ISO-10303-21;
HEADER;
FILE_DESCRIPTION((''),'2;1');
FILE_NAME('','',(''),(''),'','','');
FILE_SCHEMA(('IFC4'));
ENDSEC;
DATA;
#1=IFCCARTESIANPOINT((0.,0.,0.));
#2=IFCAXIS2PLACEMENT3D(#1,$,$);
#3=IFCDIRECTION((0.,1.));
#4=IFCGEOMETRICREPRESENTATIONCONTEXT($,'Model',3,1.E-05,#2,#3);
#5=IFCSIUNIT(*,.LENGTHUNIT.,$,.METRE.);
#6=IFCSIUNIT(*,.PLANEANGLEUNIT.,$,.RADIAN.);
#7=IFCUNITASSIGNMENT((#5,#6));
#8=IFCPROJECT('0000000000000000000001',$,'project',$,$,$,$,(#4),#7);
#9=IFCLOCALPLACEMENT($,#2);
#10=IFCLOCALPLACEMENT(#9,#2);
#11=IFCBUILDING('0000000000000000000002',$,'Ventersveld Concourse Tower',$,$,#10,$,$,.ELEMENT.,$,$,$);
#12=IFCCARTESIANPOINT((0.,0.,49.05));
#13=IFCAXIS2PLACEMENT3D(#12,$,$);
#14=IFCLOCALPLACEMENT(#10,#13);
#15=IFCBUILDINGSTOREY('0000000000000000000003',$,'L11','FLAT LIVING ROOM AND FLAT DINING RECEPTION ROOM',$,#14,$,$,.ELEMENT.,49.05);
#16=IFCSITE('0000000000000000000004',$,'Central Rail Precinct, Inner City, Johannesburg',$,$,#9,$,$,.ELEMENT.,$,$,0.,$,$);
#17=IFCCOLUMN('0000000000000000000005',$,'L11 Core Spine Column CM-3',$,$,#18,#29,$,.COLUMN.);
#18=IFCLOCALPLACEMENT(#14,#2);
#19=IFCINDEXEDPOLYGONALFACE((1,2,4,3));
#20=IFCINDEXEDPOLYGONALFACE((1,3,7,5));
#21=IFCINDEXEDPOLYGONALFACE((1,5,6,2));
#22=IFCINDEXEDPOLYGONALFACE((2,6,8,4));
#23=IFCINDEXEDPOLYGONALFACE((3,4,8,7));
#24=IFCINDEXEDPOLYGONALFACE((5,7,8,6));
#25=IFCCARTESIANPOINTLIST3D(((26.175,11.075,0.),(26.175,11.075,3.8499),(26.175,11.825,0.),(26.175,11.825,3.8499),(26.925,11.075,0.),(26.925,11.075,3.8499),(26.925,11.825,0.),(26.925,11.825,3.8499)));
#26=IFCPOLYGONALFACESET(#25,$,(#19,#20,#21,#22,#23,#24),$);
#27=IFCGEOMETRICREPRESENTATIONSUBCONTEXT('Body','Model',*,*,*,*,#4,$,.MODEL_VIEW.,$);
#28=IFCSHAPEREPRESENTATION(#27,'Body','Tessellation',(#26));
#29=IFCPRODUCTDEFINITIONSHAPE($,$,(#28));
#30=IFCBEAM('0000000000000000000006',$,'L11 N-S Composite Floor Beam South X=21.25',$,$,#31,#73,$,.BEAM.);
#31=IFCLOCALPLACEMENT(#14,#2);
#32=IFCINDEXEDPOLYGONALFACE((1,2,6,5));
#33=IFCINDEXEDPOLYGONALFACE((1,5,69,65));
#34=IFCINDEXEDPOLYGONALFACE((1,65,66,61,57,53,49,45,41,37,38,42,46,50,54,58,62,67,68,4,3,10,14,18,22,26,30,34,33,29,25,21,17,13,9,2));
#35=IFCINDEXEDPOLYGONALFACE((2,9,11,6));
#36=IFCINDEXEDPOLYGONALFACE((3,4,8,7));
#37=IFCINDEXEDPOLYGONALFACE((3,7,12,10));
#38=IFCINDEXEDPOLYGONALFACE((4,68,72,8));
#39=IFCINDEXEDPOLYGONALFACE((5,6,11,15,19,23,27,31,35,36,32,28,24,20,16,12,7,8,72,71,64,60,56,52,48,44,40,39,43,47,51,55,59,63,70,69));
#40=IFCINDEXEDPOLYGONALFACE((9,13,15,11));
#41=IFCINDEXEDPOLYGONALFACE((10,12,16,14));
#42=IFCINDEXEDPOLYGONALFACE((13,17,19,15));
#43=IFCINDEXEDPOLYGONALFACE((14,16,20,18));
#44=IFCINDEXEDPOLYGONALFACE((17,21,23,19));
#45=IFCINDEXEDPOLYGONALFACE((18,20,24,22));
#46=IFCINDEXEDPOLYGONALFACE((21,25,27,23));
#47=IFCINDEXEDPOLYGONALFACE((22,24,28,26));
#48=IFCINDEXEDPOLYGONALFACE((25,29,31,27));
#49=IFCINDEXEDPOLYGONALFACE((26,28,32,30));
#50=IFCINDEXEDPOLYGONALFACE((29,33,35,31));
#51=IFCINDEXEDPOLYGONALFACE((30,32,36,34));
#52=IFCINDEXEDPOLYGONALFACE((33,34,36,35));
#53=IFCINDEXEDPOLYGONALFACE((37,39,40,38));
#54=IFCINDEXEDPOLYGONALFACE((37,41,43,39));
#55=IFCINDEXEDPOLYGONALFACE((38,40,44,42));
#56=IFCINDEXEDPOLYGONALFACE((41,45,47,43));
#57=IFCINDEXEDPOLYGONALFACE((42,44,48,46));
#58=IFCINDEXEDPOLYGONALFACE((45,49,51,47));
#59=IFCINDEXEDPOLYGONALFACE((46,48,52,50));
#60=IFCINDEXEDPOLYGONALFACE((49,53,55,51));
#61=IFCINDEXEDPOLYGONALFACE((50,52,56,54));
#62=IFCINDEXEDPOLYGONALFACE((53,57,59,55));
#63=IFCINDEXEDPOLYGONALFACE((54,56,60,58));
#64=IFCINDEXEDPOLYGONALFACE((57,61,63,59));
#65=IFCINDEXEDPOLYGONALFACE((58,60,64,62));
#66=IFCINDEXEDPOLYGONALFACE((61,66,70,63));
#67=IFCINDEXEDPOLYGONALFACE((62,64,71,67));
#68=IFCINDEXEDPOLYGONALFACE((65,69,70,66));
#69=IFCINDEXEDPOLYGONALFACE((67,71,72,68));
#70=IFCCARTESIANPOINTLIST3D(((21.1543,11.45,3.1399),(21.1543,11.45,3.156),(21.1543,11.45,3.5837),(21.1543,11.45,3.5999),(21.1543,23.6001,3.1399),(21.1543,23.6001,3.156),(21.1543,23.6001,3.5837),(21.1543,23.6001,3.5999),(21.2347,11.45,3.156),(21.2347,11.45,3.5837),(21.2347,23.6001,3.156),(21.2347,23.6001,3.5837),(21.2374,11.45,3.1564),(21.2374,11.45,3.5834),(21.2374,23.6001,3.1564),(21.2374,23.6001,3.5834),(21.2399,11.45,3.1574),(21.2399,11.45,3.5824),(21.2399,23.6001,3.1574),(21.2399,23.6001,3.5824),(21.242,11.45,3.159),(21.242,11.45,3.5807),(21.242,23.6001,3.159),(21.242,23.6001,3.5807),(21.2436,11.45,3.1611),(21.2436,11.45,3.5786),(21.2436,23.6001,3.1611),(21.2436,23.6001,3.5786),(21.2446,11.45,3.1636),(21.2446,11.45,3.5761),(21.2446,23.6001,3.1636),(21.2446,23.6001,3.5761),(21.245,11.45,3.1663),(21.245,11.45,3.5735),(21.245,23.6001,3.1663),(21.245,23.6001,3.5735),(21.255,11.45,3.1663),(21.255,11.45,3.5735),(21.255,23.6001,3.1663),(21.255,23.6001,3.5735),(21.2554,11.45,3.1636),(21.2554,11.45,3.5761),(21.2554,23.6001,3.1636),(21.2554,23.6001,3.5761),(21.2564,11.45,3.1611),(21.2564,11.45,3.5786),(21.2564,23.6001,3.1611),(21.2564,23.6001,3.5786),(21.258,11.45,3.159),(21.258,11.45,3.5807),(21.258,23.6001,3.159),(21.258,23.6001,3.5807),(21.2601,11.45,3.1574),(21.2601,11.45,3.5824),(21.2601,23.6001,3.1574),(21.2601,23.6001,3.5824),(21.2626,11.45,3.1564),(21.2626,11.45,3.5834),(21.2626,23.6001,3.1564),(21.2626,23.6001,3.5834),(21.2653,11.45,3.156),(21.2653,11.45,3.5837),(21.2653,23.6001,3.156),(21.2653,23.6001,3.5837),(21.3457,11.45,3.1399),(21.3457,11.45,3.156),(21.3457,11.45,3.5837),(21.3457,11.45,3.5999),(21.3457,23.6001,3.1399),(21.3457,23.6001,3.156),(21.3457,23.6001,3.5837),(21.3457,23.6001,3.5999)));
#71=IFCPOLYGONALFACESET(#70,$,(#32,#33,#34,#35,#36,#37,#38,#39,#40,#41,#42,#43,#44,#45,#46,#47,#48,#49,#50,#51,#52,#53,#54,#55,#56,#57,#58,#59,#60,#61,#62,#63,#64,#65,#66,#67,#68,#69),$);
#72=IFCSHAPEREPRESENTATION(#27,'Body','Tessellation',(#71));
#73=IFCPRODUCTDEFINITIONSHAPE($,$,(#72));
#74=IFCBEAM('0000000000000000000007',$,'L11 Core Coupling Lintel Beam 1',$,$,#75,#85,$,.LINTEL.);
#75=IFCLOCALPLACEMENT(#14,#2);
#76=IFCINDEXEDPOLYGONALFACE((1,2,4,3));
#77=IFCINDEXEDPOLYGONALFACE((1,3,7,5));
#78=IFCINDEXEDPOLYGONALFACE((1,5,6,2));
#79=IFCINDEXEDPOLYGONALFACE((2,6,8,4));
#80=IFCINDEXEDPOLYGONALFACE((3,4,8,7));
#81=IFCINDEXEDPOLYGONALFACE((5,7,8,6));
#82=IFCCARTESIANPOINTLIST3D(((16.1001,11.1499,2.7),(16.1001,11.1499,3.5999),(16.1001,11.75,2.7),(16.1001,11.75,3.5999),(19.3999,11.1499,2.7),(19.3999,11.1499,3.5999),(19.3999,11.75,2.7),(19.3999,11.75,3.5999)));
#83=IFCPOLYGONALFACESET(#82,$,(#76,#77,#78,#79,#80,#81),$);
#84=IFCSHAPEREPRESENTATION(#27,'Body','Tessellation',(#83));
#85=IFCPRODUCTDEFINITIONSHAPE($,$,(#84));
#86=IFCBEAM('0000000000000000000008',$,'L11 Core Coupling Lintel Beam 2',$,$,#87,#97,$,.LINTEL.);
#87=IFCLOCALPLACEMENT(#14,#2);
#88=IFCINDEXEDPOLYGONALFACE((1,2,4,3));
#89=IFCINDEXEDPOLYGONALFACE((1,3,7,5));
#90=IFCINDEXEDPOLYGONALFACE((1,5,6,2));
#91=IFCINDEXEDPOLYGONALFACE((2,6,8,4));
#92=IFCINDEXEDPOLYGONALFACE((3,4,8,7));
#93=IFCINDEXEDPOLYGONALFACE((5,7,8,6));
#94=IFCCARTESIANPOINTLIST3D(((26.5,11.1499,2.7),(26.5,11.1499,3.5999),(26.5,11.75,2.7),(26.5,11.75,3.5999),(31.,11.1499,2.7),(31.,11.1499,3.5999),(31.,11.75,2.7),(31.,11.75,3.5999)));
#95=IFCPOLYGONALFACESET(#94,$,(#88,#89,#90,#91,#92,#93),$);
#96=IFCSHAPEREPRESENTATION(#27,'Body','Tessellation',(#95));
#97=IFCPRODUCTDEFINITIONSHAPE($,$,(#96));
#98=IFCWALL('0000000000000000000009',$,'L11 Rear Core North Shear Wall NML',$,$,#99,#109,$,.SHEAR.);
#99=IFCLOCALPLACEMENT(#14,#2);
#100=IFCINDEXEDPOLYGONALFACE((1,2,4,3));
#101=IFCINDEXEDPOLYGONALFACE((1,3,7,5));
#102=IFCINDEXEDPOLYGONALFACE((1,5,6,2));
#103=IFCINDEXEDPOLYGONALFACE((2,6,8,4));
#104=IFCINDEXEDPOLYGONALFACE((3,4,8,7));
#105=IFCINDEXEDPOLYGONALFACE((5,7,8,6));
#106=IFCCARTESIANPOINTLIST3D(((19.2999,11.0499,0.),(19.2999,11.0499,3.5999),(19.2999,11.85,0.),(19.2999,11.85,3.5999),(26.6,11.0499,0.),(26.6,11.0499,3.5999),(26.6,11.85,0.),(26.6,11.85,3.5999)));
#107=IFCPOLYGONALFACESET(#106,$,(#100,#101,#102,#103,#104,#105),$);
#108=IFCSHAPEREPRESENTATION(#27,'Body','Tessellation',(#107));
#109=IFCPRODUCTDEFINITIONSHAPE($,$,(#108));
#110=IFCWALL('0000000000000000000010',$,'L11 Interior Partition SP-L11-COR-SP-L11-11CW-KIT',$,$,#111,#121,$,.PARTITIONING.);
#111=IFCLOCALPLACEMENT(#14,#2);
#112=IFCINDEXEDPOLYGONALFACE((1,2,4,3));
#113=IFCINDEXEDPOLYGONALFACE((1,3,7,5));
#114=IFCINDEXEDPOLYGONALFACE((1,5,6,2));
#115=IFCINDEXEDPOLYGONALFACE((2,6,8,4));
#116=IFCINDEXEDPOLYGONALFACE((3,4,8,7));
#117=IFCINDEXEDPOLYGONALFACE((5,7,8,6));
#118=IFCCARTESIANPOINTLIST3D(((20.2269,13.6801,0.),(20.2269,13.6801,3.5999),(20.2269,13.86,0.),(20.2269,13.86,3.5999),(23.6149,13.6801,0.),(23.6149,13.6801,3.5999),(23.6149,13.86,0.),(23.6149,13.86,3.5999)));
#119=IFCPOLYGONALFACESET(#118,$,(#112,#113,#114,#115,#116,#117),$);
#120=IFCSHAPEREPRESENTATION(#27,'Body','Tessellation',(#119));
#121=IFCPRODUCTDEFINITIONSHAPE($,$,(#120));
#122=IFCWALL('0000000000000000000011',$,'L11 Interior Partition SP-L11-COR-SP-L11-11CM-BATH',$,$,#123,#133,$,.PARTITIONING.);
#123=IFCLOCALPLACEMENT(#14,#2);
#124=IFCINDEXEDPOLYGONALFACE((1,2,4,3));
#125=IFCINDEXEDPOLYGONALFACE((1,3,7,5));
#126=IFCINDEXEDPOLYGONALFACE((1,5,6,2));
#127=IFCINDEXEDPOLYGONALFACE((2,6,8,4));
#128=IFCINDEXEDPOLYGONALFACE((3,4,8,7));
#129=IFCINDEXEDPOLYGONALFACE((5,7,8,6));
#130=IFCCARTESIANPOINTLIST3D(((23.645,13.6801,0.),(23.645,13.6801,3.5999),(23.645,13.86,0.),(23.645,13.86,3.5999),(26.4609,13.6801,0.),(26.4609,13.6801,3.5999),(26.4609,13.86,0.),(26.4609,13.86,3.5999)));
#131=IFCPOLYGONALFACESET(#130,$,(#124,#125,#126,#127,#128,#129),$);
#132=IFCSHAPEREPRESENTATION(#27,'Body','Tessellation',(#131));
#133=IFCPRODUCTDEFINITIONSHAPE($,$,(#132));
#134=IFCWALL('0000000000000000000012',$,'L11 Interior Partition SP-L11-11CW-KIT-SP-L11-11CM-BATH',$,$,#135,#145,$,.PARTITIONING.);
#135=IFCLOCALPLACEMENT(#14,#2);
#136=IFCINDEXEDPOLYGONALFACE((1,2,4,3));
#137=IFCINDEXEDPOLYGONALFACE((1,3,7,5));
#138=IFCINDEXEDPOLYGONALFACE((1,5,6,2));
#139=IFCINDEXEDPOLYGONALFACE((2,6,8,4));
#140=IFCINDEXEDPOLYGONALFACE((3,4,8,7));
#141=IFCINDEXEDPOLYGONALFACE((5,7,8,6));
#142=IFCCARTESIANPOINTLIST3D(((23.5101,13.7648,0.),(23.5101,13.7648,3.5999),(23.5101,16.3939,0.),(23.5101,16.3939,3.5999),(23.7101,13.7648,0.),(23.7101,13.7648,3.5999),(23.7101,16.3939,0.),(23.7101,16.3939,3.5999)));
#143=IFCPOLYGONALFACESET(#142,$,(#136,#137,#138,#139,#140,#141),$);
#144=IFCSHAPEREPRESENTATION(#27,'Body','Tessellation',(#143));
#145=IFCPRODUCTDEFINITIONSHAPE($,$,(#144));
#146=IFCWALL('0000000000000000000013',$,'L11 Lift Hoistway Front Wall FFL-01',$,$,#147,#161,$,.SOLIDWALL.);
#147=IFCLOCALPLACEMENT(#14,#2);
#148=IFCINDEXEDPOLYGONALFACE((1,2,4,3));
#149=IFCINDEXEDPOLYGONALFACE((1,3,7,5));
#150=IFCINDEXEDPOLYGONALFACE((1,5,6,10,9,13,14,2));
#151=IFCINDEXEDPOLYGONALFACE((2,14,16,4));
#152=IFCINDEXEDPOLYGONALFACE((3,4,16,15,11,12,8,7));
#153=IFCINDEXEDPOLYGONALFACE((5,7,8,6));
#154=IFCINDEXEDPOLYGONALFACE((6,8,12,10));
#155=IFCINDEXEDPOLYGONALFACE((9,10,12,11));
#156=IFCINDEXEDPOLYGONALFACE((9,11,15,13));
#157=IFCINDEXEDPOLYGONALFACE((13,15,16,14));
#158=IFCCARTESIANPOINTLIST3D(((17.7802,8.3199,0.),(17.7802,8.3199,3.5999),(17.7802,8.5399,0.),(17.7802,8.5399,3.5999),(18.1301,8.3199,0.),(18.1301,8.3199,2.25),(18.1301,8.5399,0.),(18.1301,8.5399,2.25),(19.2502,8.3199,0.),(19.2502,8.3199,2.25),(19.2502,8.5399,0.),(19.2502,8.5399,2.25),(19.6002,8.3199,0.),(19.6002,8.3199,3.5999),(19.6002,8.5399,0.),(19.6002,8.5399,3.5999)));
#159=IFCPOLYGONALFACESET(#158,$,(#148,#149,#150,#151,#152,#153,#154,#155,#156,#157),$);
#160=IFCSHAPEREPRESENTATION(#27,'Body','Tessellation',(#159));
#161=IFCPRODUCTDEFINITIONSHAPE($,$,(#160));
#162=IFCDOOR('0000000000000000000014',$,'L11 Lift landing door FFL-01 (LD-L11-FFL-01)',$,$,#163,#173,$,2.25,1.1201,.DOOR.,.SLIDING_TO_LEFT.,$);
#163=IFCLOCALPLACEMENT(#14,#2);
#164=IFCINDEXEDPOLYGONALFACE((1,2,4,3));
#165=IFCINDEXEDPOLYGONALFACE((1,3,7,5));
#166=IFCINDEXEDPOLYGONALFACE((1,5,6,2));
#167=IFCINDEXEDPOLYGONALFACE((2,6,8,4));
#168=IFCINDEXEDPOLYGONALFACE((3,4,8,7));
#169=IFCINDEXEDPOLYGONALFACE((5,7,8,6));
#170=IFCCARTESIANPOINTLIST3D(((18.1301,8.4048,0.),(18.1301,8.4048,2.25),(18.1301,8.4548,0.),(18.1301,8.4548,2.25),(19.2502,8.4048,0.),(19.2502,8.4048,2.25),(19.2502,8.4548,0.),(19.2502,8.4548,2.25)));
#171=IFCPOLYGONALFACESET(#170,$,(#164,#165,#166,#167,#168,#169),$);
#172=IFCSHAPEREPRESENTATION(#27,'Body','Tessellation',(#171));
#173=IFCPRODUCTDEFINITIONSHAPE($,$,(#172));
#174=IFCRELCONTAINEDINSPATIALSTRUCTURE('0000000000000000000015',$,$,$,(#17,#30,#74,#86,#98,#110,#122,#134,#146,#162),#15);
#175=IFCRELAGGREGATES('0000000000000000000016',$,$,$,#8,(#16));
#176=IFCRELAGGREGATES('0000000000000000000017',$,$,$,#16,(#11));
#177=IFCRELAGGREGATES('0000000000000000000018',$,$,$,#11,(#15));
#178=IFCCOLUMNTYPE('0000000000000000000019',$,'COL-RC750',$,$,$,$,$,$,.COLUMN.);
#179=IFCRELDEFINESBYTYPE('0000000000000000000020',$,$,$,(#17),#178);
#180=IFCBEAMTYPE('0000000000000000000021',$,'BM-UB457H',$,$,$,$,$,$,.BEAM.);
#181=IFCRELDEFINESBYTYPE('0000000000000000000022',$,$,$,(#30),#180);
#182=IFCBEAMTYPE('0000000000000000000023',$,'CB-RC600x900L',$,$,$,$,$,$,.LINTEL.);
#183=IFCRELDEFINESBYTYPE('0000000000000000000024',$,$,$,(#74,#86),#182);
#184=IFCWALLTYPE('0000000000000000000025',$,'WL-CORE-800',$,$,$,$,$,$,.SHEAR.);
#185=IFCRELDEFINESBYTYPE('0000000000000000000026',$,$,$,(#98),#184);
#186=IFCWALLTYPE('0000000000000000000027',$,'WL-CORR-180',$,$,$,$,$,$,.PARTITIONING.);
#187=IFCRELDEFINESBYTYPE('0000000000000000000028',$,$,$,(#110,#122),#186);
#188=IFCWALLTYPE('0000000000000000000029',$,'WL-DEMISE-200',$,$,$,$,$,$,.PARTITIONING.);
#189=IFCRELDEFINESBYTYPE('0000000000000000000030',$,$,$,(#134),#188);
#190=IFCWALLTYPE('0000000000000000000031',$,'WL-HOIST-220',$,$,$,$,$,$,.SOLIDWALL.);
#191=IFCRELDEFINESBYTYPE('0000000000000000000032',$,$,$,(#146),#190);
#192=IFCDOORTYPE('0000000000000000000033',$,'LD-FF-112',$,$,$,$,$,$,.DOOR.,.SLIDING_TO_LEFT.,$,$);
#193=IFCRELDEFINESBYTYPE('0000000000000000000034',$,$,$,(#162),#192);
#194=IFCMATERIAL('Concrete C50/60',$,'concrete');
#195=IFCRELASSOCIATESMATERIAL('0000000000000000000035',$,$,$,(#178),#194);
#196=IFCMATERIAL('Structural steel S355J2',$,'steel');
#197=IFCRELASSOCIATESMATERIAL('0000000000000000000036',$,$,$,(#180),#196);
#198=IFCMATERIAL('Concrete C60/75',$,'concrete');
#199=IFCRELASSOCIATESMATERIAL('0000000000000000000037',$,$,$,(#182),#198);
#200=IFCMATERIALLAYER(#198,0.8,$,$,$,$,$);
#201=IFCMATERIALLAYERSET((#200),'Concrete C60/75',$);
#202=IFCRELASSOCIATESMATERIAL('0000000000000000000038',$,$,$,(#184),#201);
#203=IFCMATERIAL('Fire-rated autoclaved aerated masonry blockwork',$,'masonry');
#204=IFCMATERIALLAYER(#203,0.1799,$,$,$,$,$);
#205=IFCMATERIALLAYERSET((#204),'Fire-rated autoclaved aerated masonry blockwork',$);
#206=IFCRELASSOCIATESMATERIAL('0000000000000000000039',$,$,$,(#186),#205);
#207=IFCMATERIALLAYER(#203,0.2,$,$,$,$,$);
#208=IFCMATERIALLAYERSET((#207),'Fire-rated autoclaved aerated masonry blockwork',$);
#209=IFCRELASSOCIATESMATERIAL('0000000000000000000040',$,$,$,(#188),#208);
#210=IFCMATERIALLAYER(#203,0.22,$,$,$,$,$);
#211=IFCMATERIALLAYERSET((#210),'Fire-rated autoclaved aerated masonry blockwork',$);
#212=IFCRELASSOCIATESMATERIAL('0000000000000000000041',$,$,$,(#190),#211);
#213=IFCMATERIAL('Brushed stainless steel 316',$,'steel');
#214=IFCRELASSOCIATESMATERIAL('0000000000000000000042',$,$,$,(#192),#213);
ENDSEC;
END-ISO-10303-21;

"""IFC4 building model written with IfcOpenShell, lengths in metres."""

from ifc_helpers import new_model, si_unit, direction, frame, frame_2d, origin, origin_2d, place, context, subcontext, project, spatial, rectangle, i_section, extrude, material, layer, layer_set, material_profile, profile_set, type_object, element, fill, save


model = new_model("IFC4")

# Units and contexts
model_context = context("Model", 3, precision=1e-05, world=origin(), true_north=direction((0.0, 1.0)))
body_context = subcontext(model_context, "Body", "Model", "MODEL_VIEW")
ifc_project = project(units=[si_unit("LENGTHUNIT", "METRE"), si_unit("PLANEANGLEUNIT", "RADIAN")], contexts=[model_context])

# Site, building, storey
site_placement = place(None, origin())
site = spatial("IfcSite", under=ifc_project, at=site_placement, Name="Central Rail Precinct, Inner City, Johannesburg", CompositionType="ELEMENT", RefElevation=0.0)
building_placement = place(site_placement, origin())
building = spatial("IfcBuilding", under=site, at=building_placement, Name="Ventersveld Concourse Tower", CompositionType="ELEMENT")
storey_placement = place(building_placement, frame((0.0, 0.0, 49.05)))
storey = spatial("IfcBuildingStorey", under=building, at=storey_placement, Name="L11", Description="FLAT LIVING ROOM AND FLAT DINING RECEPTION ROOM", CompositionType="ELEMENT", Elevation=49.05)

# Column
ifc_material_1 = material(Name="Concrete C50/60", Category="concrete")
ifc_material_profile_1 = material_profile(ifc_material_1, rectangle(XDim=0.75, YDim=0.75, at=origin_2d()), Name="RC 750x750")
ifc_profile_set_1 = profile_set([ifc_material_profile_1], Name="Concrete C50/60")
column_type = type_object("IfcColumnType", Name="COL-RC750", PredefinedType="COLUMN", material=ifc_profile_set_1)
column_placement = place(storey_placement, frame((26.55, 11.45, 0.0), z_axis=(0.0, 0.0, 1.0), x_axis=(1.0, 0.0, 0.0)))
element("IfcColumn", 1, at=column_placement, inside=storey, type_object=column_type, Name="L11 Core Spine Column CM-3", PredefinedType="COLUMN", context=body_context, shape_type="SweptSolid", body=[
    extrude(rectangle(XDim=0.75, YDim=0.75, at=origin_2d()), origin(), (0.0, 0.0, 1.0), 3.8499),
])

# Beams
ifc_material_2 = material(Name="Structural steel S355J2", Category="steel")
ifc_material_profile_2 = material_profile(ifc_material_2, i_section(OverallWidth=0.1914, OverallDepth=0.46, WebThickness=0.01, FlangeThickness=0.0161, FilletRadius=0.0103, at=origin_2d()), Name="UB 457x191x82")
ifc_profile_set_2 = profile_set([ifc_material_profile_2], Name="Structural steel S355J2")
beam_type_1 = type_object("IfcBeamType", Name="BM-UB457H", PredefinedType="BEAM", material=ifc_profile_set_2)
beam_1_placement = place(storey_placement, frame((21.25, 11.45, 3.3699), z_axis=(0.0, 1.0, 0.0), x_axis=(-1.0, 0.0, 0.0)))
element("IfcBeam", 2, at=beam_1_placement, inside=storey, type_object=beam_type_1, Name="L11 N-S Composite Floor Beam South X=21.25", PredefinedType="BEAM", context=body_context, shape_type="SweptSolid", body=[
    extrude(i_section(OverallWidth=0.1914, OverallDepth=0.46, WebThickness=0.01, FlangeThickness=0.0161, FilletRadius=0.0103, at=origin_2d()), origin(), (0.0, 0.0, 1.0), 12.1501),
])
ifc_material_3 = material(Name="Concrete C60/75", Category="concrete")
ifc_material_profile_3 = material_profile(ifc_material_3, rectangle(XDim=0.6001, YDim=0.8999, at=origin_2d()), Name="RC 600x900")
ifc_profile_set_3 = profile_set([ifc_material_profile_3], Name="Concrete C60/75")
beam_type_2 = type_object("IfcBeamType", Name="CB-RC600x900L", PredefinedType="LINTEL", material=ifc_profile_set_3)
beam_2_placement = place(storey_placement, frame((16.1001, 11.45, 3.1499), z_axis=(1.0, 0.0, 0.0), x_axis=(0.0, 1.0, 0.0)))
element("IfcBeam", 3, at=beam_2_placement, inside=storey, type_object=beam_type_2, Name="L11 Core Coupling Lintel Beam 1", PredefinedType="LINTEL", context=body_context, shape_type="SweptSolid", body=[
    extrude(rectangle(XDim=0.6001, YDim=0.8999, at=origin_2d()), origin(), (0.0, 0.0, 1.0), 3.2998),
])
beam_3_placement = place(storey_placement, frame((26.5, 11.45, 3.1499), z_axis=(1.0, 0.0, 0.0), x_axis=(0.0, 1.0, 0.0)))
element("IfcBeam", 4, at=beam_3_placement, inside=storey, type_object=beam_type_2, Name="L11 Core Coupling Lintel Beam 2", PredefinedType="LINTEL", context=body_context, shape_type="SweptSolid", body=[
    extrude(rectangle(XDim=0.6001, YDim=0.8999, at=origin_2d()), origin(), (0.0, 0.0, 1.0), 4.5),
])

# Walls
ifc_layer_1 = layer(ifc_material_3, 0.8)
ifc_layer_set_1 = layer_set([ifc_layer_1], Name="Concrete C60/75")
wall_type_1 = type_object("IfcWallType", Name="WL-CORE-800", PredefinedType="SHEAR", material=ifc_layer_set_1)
wall_1_placement = place(storey_placement, frame((19.3, 11.45, 0.0), z_axis=(0.0, 0.0, 1.0), x_axis=(1.0, 0.0, 0.0)))
element("IfcWall", 5, at=wall_1_placement, inside=storey, type_object=wall_type_1, Name="L11 Rear Core North Shear Wall NML", PredefinedType="SHEAR", context=body_context, shape_type="SweptSolid", body=[
    extrude(rectangle(XDim=7.3, YDim=0.8, at=frame_2d((3.6499, 0.0))), origin(), (0.0, 0.0, 1.0), 3.5999),
])
ifc_material_4 = material(Name="Fire-rated autoclaved aerated masonry blockwork", Category="masonry")
ifc_layer_2 = layer(ifc_material_4, 0.1799)
ifc_layer_set_2 = layer_set([ifc_layer_2], Name="Fire-rated autoclaved aerated masonry blockwork")
wall_type_2 = type_object("IfcWallType", Name="WL-CORR-180", PredefinedType="PARTITIONING", material=ifc_layer_set_2)
wall_2_placement = place(storey_placement, frame((20.2271, 13.77, 0.0), z_axis=(0.0, 0.0, 1.0), x_axis=(1.0, 0.0, 0.0)))
element("IfcWall", 6, at=wall_2_placement, inside=storey, type_object=wall_type_2, Name="L11 Interior Partition SP-L11-COR-SP-L11-11CW-KIT", PredefinedType="PARTITIONING", context=body_context, shape_type="SweptSolid", body=[
    extrude(rectangle(XDim=3.3879, YDim=0.1799, at=frame_2d((1.6938, 0.0))), origin(), (0.0, 0.0, 1.0), 3.5999),
])

# Walls
wall_3_placement = place(storey_placement, frame((23.645, 13.77, 0.0), z_axis=(0.0, 0.0, 1.0), x_axis=(1.0, 0.0, 0.0)))
element("IfcWall", 7, at=wall_3_placement, inside=storey, type_object=wall_type_2, Name="L11 Interior Partition SP-L11-COR-SP-L11-11CM-BATH", PredefinedType="PARTITIONING", context=body_context, shape_type="SweptSolid", body=[
    extrude(rectangle(XDim=2.8159, YDim=0.1799, at=frame_2d((1.408, 0.0))), origin(), (0.0, 0.0, 1.0), 3.5999),
])
ifc_layer_3 = layer(ifc_material_4, 0.2)
ifc_layer_set_3 = layer_set([ifc_layer_3], Name="Fire-rated autoclaved aerated masonry blockwork")
wall_type_3 = type_object("IfcWallType", Name="WL-DEMISE-200", PredefinedType="PARTITIONING", material=ifc_layer_set_3)
wall_4_placement = place(storey_placement, frame((23.6101, 13.7649, 0.0), z_axis=(0.0, 0.0, 1.0), x_axis=(0.0, 1.0, 0.0)))
element("IfcWall", 8, at=wall_4_placement, inside=storey, type_object=wall_type_3, Name="L11 Interior Partition SP-L11-11CW-KIT-SP-L11-11CM-BATH", PredefinedType="PARTITIONING", context=body_context, shape_type="SweptSolid", body=[
    extrude(rectangle(XDim=2.6292, YDim=0.2, at=frame_2d((1.3145, 0.0))), origin(), (0.0, 0.0, 1.0), 3.5999),
])

# Wall, opening, door
ifc_layer_4 = layer(ifc_material_4, 0.22)
ifc_layer_set_4 = layer_set([ifc_layer_4], Name="Fire-rated autoclaved aerated masonry blockwork")
wall_type_4 = type_object("IfcWallType", Name="WL-HOIST-220", PredefinedType="SOLIDWALL", material=ifc_layer_set_4)
wall_5_placement = place(storey_placement, frame((17.78, 8.4299, 0.0), z_axis=(0.0, 0.0, 1.0), x_axis=(1.0, 0.0, 0.0)))
wall_5 = element("IfcWall", 9, at=wall_5_placement, inside=storey, type_object=wall_type_4, Name="L11 Lift Hoistway Front Wall FFL-01", PredefinedType="SOLIDWALL", context=body_context, shape_type="SweptSolid", body=[
    extrude(rectangle(XDim=1.8201, YDim=0.22, at=frame_2d((0.9102, 0.0))), origin(), (0.0, 0.0, 1.0), 3.5999),
])
opening_1_placement = place(wall_5_placement, frame((0.3501, 0.0, 0.0)))
opening_1 = element("IfcOpeningElement", 10, at=opening_1_placement, cuts=wall_5, PredefinedType="OPENING", context=body_context, shape_type="SweptSolid", body=[
    extrude(rectangle(XDim=1.1201, YDim=2.25, at=frame_2d((0.5601, 1.125))), frame((0.0, 0.1201, 0.0), z_axis=(0.0, -1.0, 0.0), x_axis=(1.0, 0.0, 0.0)), (0.0, 0.0, 1.0), 0.24),
])
ifc_material_5 = material(Name="Brushed stainless steel 316", Category="steel")
door_type_1 = type_object("IfcDoorType", Name="LD-FF-112", OperationType="SLIDING_TO_LEFT", PredefinedType="DOOR", material=ifc_material_5)
door_1_placement = place(opening_1_placement, origin())
door_1 = element("IfcDoor", 11, at=door_1_placement, inside=storey, type_object=door_type_1, Name="L11 Lift landing door FFL-01 (LD-L11-FFL-01)", OperationType="SLIDING_TO_LEFT", OverallHeight=2.25, OverallWidth=1.1201, PredefinedType="DOOR", context=body_context, shape_type="SweptSolid", body=[
    extrude(rectangle(XDim=1.1201, YDim=2.25, at=frame_2d((0.5601, 1.125))), frame((0.0, 0.0249, 0.0), z_axis=(0.0, -1.0, 0.0), x_axis=(1.0, 0.0, 0.0)), (0.0, 0.0, 1.0), 0.05),
])
fill(opening_1, door_1)

save(model, "model.ifc")
